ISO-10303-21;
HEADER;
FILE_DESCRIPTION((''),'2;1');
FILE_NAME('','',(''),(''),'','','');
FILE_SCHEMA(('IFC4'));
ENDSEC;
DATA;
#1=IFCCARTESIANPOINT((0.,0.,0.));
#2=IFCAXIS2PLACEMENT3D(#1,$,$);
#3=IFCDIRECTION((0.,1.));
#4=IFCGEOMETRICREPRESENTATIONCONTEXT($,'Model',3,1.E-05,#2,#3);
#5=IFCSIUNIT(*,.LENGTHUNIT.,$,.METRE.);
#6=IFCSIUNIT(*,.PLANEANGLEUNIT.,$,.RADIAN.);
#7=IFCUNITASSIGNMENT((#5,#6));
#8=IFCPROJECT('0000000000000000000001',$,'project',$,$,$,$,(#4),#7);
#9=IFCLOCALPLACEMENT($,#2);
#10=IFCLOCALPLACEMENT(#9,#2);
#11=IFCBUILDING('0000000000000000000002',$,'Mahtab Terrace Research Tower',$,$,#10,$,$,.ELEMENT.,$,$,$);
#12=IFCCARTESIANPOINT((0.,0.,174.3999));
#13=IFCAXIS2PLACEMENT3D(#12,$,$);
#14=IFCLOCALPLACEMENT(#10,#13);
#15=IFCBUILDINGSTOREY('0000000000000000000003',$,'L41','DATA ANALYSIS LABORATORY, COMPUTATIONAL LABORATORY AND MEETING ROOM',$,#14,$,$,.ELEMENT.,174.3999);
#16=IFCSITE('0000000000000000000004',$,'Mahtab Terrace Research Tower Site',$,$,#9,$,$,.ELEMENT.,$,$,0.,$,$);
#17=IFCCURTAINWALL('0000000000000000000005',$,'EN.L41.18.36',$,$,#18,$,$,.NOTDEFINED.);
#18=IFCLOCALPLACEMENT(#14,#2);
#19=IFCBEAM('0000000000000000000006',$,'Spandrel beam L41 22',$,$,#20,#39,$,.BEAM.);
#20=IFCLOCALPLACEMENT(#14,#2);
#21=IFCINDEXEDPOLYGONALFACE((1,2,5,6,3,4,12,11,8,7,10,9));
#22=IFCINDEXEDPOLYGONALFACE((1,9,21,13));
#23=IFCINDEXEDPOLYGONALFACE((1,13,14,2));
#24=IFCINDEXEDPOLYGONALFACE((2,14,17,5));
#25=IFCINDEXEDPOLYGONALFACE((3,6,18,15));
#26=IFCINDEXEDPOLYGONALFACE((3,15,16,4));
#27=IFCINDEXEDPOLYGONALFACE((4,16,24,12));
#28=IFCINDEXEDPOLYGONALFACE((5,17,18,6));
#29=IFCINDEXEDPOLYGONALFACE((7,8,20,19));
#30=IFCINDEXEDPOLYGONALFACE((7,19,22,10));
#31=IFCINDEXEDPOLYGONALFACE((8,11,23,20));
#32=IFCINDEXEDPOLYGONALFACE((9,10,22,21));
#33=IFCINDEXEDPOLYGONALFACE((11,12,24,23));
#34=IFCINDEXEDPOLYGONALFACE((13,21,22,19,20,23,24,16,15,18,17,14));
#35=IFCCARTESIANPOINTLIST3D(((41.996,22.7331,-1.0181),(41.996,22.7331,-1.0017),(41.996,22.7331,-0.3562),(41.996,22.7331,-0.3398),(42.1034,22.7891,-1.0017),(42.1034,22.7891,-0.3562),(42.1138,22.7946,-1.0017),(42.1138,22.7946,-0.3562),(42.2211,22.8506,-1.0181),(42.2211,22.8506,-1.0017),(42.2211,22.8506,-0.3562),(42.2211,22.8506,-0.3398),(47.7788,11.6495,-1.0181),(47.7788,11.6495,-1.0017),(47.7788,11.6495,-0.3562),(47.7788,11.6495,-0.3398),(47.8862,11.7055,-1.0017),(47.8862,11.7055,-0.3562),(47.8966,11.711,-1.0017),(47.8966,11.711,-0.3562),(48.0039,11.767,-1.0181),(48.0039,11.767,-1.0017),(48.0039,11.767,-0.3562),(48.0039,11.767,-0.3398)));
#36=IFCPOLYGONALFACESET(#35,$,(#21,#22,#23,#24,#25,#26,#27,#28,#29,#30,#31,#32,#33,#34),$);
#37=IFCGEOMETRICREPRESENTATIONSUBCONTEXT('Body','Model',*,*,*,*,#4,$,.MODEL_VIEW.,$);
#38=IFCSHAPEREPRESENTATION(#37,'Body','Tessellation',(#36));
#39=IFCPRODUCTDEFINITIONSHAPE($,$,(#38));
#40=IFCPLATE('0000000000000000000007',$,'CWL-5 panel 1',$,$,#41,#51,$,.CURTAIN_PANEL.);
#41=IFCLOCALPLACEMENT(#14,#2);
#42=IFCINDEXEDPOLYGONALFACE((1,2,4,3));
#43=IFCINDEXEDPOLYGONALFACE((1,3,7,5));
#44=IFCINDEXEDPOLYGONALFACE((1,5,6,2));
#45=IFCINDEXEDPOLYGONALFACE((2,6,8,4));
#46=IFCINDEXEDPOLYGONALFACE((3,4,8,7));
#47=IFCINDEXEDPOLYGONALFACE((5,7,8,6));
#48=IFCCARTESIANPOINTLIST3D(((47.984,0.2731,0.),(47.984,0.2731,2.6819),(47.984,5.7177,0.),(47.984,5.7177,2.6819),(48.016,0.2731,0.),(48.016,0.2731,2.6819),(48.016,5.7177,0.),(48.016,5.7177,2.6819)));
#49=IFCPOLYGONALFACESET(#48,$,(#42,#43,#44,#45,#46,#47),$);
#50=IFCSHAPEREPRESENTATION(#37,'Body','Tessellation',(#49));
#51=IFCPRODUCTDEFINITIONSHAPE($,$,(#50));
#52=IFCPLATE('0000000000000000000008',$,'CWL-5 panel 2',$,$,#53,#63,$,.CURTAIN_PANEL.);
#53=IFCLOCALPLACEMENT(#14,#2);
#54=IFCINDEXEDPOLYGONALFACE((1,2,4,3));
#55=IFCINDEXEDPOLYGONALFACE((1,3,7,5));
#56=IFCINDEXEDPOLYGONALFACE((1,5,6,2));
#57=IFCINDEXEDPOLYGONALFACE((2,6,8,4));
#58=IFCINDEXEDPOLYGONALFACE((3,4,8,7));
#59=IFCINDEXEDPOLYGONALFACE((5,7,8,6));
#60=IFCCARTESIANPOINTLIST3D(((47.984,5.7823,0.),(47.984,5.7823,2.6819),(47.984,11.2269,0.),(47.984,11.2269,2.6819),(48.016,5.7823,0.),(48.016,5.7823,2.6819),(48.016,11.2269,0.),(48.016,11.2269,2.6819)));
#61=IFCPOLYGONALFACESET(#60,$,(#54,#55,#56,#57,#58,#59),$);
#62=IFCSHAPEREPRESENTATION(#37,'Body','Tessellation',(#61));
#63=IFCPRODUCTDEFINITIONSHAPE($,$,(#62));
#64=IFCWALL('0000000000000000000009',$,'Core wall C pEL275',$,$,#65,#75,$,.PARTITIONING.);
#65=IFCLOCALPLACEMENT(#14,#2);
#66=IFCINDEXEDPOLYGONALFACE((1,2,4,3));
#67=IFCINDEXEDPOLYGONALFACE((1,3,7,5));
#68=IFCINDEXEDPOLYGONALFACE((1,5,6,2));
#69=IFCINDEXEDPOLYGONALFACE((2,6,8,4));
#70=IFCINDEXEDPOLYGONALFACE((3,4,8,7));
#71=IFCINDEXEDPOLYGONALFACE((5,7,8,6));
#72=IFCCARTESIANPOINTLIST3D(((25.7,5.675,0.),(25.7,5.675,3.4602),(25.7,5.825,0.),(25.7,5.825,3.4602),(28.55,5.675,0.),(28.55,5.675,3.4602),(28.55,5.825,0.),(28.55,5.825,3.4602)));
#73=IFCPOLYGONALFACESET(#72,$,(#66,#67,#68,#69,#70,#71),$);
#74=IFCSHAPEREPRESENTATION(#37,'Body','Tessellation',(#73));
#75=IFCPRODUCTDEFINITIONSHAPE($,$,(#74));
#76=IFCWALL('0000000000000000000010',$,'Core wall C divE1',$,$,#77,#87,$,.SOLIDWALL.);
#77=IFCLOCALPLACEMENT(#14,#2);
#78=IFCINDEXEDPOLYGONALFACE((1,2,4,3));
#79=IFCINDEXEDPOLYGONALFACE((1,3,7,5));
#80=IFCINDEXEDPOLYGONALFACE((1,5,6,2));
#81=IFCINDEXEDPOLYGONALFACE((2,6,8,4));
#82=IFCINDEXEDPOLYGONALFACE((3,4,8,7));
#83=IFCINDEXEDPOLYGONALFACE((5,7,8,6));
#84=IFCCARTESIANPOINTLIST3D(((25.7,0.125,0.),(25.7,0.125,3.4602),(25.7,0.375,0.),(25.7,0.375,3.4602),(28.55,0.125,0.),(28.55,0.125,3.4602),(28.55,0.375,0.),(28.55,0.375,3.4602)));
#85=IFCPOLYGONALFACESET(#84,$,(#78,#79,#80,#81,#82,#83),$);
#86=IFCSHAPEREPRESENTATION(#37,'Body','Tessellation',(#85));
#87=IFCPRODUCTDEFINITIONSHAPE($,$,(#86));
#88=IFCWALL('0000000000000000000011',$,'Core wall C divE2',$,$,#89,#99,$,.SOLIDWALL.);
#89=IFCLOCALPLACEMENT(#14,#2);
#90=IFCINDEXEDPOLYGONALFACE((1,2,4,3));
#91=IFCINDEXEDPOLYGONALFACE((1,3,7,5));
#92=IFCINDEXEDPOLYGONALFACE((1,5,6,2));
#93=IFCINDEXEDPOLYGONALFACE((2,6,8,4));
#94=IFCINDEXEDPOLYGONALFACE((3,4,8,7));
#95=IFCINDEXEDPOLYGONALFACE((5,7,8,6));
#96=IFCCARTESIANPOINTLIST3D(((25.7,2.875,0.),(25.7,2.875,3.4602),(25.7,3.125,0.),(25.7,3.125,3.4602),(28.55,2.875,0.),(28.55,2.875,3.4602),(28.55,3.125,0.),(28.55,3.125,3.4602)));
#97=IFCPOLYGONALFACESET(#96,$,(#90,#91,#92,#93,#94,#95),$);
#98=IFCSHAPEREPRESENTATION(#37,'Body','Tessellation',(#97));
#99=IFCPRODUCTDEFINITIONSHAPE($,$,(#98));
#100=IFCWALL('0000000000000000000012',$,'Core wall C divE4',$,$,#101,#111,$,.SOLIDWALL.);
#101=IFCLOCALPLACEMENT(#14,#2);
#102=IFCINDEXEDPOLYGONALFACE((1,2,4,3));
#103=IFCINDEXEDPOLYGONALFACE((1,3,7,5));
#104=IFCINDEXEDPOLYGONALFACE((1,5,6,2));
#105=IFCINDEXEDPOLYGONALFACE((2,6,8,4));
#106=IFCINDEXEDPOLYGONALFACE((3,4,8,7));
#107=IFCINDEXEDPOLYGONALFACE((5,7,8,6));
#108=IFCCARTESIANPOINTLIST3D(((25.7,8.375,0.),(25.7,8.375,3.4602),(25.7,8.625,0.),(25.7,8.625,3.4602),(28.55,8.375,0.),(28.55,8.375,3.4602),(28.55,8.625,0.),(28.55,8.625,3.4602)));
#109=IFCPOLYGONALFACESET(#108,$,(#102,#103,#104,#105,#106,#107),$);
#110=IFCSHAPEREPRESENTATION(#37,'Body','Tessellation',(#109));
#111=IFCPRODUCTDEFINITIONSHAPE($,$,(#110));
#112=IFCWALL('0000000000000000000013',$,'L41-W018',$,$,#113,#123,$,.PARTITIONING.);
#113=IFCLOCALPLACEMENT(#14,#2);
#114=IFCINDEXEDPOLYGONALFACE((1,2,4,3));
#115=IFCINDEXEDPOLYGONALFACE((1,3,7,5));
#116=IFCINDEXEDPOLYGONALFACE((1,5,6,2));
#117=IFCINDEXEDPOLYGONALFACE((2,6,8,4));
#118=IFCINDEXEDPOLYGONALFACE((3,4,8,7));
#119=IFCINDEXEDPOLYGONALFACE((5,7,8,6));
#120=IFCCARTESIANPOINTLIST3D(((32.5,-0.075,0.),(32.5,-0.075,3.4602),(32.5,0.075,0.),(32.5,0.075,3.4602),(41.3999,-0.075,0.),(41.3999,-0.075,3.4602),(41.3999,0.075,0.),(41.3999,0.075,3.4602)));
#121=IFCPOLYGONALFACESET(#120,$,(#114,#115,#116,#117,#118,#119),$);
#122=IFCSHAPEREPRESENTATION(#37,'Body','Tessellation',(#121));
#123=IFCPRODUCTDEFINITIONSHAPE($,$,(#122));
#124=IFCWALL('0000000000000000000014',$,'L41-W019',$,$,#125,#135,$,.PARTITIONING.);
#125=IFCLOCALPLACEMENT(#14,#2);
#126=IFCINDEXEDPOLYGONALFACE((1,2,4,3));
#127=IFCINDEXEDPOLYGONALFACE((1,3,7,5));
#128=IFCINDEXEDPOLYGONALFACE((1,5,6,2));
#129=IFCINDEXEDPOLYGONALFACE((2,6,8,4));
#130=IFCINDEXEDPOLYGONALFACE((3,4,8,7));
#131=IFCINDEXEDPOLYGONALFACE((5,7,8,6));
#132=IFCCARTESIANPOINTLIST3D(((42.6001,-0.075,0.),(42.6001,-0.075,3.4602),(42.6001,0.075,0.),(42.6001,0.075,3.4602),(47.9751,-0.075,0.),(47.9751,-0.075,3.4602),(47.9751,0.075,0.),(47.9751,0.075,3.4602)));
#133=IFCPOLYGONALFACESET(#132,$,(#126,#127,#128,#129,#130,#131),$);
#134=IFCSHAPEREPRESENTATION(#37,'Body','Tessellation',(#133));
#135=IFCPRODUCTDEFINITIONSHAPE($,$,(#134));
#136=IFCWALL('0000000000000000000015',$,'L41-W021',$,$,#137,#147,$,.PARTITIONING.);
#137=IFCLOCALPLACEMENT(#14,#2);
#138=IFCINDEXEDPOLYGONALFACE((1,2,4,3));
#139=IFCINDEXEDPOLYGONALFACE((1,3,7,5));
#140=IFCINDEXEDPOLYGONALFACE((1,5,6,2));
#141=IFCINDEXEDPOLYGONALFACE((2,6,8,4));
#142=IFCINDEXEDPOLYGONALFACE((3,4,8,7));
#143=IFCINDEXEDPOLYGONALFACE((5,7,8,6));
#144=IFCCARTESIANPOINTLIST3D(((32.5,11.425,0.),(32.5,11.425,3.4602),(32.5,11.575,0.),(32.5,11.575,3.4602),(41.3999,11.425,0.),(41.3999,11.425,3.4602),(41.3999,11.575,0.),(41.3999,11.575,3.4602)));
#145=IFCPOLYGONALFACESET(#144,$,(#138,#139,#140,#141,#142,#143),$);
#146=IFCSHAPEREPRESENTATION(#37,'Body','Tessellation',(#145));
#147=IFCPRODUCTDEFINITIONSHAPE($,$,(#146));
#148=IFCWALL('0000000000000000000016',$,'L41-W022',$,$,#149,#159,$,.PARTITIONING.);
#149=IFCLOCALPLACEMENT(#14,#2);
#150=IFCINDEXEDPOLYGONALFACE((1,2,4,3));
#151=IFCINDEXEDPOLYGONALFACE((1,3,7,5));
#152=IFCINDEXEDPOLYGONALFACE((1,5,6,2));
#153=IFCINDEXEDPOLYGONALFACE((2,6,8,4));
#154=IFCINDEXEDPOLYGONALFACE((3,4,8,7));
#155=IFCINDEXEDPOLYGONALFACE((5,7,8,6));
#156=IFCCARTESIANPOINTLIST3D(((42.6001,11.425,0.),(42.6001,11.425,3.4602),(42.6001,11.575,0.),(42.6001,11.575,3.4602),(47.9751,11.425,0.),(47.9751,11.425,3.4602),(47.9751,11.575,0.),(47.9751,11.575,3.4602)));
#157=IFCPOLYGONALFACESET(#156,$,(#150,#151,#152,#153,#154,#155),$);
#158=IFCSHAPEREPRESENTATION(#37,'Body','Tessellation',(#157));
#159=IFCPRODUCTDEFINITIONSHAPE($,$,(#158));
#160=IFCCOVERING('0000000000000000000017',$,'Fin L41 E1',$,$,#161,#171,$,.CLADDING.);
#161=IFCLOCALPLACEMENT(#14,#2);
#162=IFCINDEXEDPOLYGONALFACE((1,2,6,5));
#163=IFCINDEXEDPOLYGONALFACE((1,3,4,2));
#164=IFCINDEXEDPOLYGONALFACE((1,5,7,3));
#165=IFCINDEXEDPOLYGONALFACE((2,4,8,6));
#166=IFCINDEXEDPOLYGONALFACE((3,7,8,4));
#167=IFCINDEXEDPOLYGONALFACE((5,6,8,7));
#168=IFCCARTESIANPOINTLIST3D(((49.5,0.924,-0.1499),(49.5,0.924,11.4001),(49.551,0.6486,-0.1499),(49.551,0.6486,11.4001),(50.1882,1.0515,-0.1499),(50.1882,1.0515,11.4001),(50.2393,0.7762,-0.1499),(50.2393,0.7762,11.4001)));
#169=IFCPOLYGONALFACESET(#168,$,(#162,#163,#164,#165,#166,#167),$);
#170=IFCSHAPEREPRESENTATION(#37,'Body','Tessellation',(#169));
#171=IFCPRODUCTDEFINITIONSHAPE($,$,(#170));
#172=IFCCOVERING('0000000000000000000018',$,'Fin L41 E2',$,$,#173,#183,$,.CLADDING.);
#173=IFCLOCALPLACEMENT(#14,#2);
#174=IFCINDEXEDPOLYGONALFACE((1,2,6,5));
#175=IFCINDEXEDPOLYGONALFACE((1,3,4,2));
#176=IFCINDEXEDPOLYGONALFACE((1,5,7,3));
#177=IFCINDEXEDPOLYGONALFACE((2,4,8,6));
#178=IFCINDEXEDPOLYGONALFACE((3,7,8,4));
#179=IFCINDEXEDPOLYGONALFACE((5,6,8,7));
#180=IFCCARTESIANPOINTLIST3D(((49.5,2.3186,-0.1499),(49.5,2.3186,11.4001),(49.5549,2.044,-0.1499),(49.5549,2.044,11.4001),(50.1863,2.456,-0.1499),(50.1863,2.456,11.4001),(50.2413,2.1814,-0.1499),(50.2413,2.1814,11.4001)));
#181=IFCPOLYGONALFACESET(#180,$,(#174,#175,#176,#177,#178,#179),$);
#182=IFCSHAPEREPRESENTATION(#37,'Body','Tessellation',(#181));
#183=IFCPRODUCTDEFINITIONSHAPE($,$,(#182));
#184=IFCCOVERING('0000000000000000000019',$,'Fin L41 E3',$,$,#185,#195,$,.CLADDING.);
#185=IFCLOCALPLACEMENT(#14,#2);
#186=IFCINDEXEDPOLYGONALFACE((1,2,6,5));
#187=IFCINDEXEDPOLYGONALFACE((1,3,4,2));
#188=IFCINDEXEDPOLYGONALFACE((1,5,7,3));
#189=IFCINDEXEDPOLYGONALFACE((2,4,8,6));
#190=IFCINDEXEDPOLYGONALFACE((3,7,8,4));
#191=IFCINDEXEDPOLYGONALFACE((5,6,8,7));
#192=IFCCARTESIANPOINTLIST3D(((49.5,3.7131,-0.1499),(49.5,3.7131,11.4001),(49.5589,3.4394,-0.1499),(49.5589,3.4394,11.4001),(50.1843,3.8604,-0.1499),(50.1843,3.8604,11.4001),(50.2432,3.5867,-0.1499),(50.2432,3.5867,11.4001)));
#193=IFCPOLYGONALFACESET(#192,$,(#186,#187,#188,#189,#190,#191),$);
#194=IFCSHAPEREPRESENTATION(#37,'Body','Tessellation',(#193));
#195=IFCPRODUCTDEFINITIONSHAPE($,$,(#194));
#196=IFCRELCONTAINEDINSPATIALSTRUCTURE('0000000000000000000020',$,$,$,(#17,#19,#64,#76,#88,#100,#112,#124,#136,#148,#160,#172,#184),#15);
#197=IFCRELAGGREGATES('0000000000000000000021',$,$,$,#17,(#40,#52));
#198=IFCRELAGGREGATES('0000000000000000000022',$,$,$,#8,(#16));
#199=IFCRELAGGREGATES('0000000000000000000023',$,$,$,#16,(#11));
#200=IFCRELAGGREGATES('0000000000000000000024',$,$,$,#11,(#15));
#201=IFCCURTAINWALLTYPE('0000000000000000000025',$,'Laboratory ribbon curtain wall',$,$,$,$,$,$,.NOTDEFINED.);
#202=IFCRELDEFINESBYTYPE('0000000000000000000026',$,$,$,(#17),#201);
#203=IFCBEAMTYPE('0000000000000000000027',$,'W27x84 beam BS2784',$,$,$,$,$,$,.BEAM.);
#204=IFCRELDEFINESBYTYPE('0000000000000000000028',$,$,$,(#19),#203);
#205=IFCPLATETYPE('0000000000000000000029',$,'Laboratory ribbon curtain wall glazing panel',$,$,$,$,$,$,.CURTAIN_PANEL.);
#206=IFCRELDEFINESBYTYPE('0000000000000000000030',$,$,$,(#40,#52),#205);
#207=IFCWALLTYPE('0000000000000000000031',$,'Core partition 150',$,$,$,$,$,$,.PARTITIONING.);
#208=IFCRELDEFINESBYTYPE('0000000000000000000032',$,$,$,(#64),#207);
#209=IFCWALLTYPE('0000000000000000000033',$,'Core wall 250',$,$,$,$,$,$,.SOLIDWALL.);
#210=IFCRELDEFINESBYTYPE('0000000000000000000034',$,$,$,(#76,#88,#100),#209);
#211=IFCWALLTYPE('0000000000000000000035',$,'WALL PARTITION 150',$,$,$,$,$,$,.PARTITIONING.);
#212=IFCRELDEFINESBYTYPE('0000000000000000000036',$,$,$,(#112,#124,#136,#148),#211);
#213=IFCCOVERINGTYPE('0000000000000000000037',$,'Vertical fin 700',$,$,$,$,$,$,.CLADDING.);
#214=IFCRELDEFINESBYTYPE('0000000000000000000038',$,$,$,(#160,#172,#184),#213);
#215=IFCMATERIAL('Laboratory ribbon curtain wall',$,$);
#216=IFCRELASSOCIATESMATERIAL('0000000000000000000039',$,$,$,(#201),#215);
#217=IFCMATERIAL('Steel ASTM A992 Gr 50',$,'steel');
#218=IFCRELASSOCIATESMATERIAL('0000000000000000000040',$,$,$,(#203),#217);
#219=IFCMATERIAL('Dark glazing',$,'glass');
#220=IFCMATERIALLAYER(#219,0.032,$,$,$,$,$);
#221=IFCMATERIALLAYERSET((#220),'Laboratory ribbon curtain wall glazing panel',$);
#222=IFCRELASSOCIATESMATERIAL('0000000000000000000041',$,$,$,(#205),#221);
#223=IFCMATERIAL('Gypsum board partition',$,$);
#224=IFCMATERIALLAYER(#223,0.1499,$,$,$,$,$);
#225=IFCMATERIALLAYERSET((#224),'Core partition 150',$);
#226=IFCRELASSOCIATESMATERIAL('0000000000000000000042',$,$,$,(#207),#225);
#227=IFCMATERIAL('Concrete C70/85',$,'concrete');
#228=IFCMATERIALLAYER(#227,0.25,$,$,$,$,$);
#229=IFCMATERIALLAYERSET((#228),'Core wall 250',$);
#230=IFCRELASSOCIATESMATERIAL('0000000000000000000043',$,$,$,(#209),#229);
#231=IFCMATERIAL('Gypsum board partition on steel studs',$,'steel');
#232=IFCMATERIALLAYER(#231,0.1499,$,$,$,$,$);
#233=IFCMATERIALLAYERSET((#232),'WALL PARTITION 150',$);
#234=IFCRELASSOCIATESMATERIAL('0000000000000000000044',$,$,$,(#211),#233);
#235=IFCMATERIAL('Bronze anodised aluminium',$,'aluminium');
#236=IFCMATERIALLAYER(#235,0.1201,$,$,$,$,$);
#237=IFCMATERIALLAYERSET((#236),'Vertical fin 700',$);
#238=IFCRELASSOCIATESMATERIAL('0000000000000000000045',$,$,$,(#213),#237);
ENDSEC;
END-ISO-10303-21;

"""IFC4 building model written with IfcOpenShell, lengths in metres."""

from ifc_helpers import new_model, si_unit, direction, frame, frame_2d, origin, origin_2d, place, context, subcontext, project, spatial, rectangle, i_section, extrude, material, layer, layer_set, material_profile, profile_set, type_object, element, aggregate, save


model = new_model("IFC4")

# Units and contexts
model_context = context("Model", 3, precision=1e-05, world=origin(), true_north=direction((0.0, 1.0)))
body_context = subcontext(model_context, "Body", "Model", "MODEL_VIEW")
ifc_project = project(units=[si_unit("LENGTHUNIT", "METRE"), si_unit("PLANEANGLEUNIT", "RADIAN")], contexts=[model_context])

# Site, building, storey
site_placement = place(None, origin())
site = spatial("IfcSite", under=ifc_project, at=site_placement, Name="Mahtab Terrace Research Tower Site", CompositionType="ELEMENT", RefElevation=0.0)
building_placement = place(site_placement, origin())
building = spatial("IfcBuilding", under=site, at=building_placement, Name="Mahtab Terrace Research Tower", CompositionType="ELEMENT")
storey_placement = place(building_placement, frame((0.0, 0.0, 174.3999)))
storey = spatial("IfcBuildingStorey", under=building, at=storey_placement, Name="L41", Description="DATA ANALYSIS LABORATORY, COMPUTATIONAL LABORATORY AND MEETING ROOM", CompositionType="ELEMENT", Elevation=174.3999)

# Shared definitions
ifc_material_1 = material(Name="Concrete C70/85", Category="concrete")
ifc_material_2 = material(Name="Steel ASTM A992 Gr 50", Category="steel")

# Curtain wall
ifc_material_3 = material(Name="Laboratory ribbon curtain wall")
curtain_wall_type = type_object("IfcCurtainWallType", Name="Laboratory ribbon curtain wall", PredefinedType="NOTDEFINED", material=ifc_material_3)
curtain_wall_1_placement = place(storey_placement, origin())
curtain_wall_1 = element("IfcCurtainWall", 1, at=curtain_wall_1_placement, inside=storey, type_object=curtain_wall_type, Name="EN.L41.18.36", PredefinedType="NOTDEFINED")

# Beam
ifc_material_profile_1 = material_profile(ifc_material_2, i_section(OverallWidth=0.2539, OverallDepth=0.6782, WebThickness=0.0117, FlangeThickness=0.0164, at=origin_2d()), Name="W27X84")
ifc_profile_set_1 = profile_set([ifc_material_profile_1], Name="Steel ASTM A992 Gr 50")
beam_type = type_object("IfcBeamType", Name="W27x84 beam BS2784", PredefinedType="BEAM", material=ifc_profile_set_1)
beam_1_placement = place(storey_placement, frame((47.8914, 11.7083, -0.679), z_axis=(-0.462567, 0.886584, 0.0), x_axis=(-0.886584, -0.462567, 0.0)))
element("IfcBeam", 2, at=beam_1_placement, inside=storey, type_object=beam_type, Name="Spandrel beam L41 22", PredefinedType="BEAM", context=body_context, shape_type="SweptSolid", body=[
    extrude(i_section(OverallWidth=0.2539, OverallDepth=0.6782, WebThickness=0.0117, FlangeThickness=0.0164, at=origin_2d()), origin(), (0.0, 0.0, 1.0), 12.5015),
])

# Plates
ifc_material_4 = material(Name="Dark glazing", Category="glass")
ifc_layer_1 = layer(ifc_material_4, 0.032)
ifc_layer_set_1 = layer_set([ifc_layer_1], Name="Laboratory ribbon curtain wall glazing panel")
plate_type = type_object("IfcPlateType", Name="Laboratory ribbon curtain wall glazing panel", PredefinedType="CURTAIN_PANEL", material=ifc_layer_set_1)
plate_1_placement = place(storey_placement, frame((48.0, 2.9954, 0.0), z_axis=(0.0, 0.0, 1.0), x_axis=(0.0, 1.0, 0.0)))
plate_1 = element("IfcPlate", 3, at=plate_1_placement, type_object=plate_type, Name="CWL-5 panel 1", PredefinedType="CURTAIN_PANEL", context=body_context, shape_type="SweptSolid", body=[
    extrude(rectangle(XDim=5.4446, YDim=0.032, at=origin_2d()), origin(), (0.0, 0.0, 1.0), 2.6819),
])
plate_2_placement = place(storey_placement, frame((48.0, 8.5046, 0.0), z_axis=(0.0, 0.0, 1.0), x_axis=(0.0, 1.0, 0.0)))
plate_2 = element("IfcPlate", 4, at=plate_2_placement, type_object=plate_type, Name="CWL-5 panel 2", PredefinedType="CURTAIN_PANEL", context=body_context, shape_type="SweptSolid", body=[
    extrude(rectangle(XDim=5.4446, YDim=0.032, at=origin_2d()), origin(), (0.0, 0.0, 1.0), 2.6819),
])
aggregate(curtain_wall_1, [plate_1, plate_2])

# Walls
ifc_material_5 = material(Name="Gypsum board partition")
ifc_layer_2 = layer(ifc_material_5, 0.1499)
ifc_layer_set_2 = layer_set([ifc_layer_2], Name="Core partition 150")
wall_type_1 = type_object("IfcWallType", Name="Core partition 150", PredefinedType="PARTITIONING", material=ifc_layer_set_2)
wall_1_placement = place(storey_placement, frame((25.7, 5.75, 0.0), z_axis=(0.0, 0.0, 1.0), x_axis=(1.0, 0.0, 0.0)))
element("IfcWall", 5, at=wall_1_placement, inside=storey, type_object=wall_type_1, Name="Core wall C pEL275", PredefinedType="PARTITIONING", context=body_context, shape_type="SweptSolid", body=[
    extrude(rectangle(XDim=2.8501, YDim=0.1499, at=frame_2d((1.425, 0.0))), origin(), (0.0, 0.0, 1.0), 3.4602),
])
ifc_layer_3 = layer(ifc_material_1, 0.25)
ifc_layer_set_3 = layer_set([ifc_layer_3], Name="Core wall 250")
wall_type_2 = type_object("IfcWallType", Name="Core wall 250", PredefinedType="SOLIDWALL", material=ifc_layer_set_3)
for number, where, z_axis, x_axis, name in (
    (6, (25.7, 0.25, 0.0), (0.0, 0.0, 1.0), (1.0, 0.0, 0.0), "Core wall C divE1"),
    (7, (25.7, 3.0, 0.0), (0.0, 0.0, 1.0), (1.0, 0.0, 0.0), "Core wall C divE2"),
    (8, (25.7, 8.5, 0.0), (0.0, 0.0, 1.0), (1.0, 0.0, 0.0), "Core wall C divE4"),
):
    element("IfcWall", number, at=place(storey_placement, frame(where, z_axis=z_axis, x_axis=x_axis)), inside=storey, type_object=wall_type_2, Name=name, PredefinedType="SOLIDWALL", context=body_context, shape_type="SweptSolid", body=[
        extrude(rectangle(XDim=2.8501, YDim=0.25, at=frame_2d((1.425, 0.0))), origin(), (0.0, 0.0, 1.0), 3.4602),
    ])
ifc_material_6 = material(Name="Gypsum board partition on steel studs", Category="steel")
ifc_layer_4 = layer(ifc_material_6, 0.1499)
ifc_layer_set_4 = layer_set([ifc_layer_4], Name="WALL PARTITION 150")
wall_type_3 = type_object("IfcWallType", Name="WALL PARTITION 150", PredefinedType="PARTITIONING", material=ifc_layer_set_4)
wall_2_placement = place(storey_placement, frame((32.5, 0.0, 0.0), z_axis=(0.0, 0.0, 1.0), x_axis=(1.0, 0.0, 0.0)))
element("IfcWall", 9, at=wall_2_placement, inside=storey, type_object=wall_type_3, Name="L41-W018", PredefinedType="PARTITIONING", context=body_context, shape_type="SweptSolid", body=[
    extrude(rectangle(XDim=8.8999, YDim=0.1499, at=frame_2d((4.45, 0.0))), origin(), (0.0, 0.0, 1.0), 3.4602),
])
wall_3_placement = place(storey_placement, frame((42.6001, 0.0, 0.0), z_axis=(0.0, 0.0, 1.0), x_axis=(1.0, 0.0, 0.0)))
element("IfcWall", 10, at=wall_3_placement, inside=storey, type_object=wall_type_3, Name="L41-W019", PredefinedType="PARTITIONING", context=body_context, shape_type="SweptSolid", body=[
    extrude(rectangle(XDim=5.375, YDim=0.1499, at=frame_2d((2.6875, 0.0))), origin(), (0.0, 0.0, 1.0), 3.4602),
])
wall_4_placement = place(storey_placement, frame((32.5, 11.5, 0.0), z_axis=(0.0, 0.0, 1.0), x_axis=(1.0, 0.0, 0.0)))
element("IfcWall", 11, at=wall_4_placement, inside=storey, type_object=wall_type_3, Name="L41-W021", PredefinedType="PARTITIONING", context=body_context, shape_type="SweptSolid", body=[
    extrude(rectangle(XDim=8.8999, YDim=0.1499, at=frame_2d((4.45, 0.0))), origin(), (0.0, 0.0, 1.0), 3.4602),
])
wall_5_placement = place(storey_placement, frame((42.6001, 11.5, 0.0), z_axis=(0.0, 0.0, 1.0), x_axis=(1.0, 0.0, 0.0)))
element("IfcWall", 12, at=wall_5_placement, inside=storey, type_object=wall_type_3, Name="L41-W022", PredefinedType="PARTITIONING", context=body_context, shape_type="SweptSolid", body=[
    extrude(rectangle(XDim=5.375, YDim=0.1499, at=frame_2d((2.6875, 0.0))), origin(), (0.0, 0.0, 1.0), 3.4602),
])

# Coverings
ifc_material_7 = material(Name="Bronze anodised aluminium", Category="aluminium")
ifc_layer_5 = layer(ifc_material_7, 0.1201)
ifc_layer_set_5 = layer_set([ifc_layer_5], Name="Vertical fin 700")
covering_type = type_object("IfcCoveringType", Name="Vertical fin 700", PredefinedType="CLADDING", material=ifc_layer_set_5)
for number, where, z_axis, x_axis, name in (
    (13, (49.8696, 0.8501, -0.1499), (0.0, 0.0, 1.0), (-0.182236, 0.983255, 0.0), "Fin L41 E1"),
    (14, (49.8706, 2.25, -0.1499), (0.0, 0.0, 1.0), (-0.196349, 0.980534, 0.0), "Fin L41 E2"),
    (15, (49.8716, 3.6499, -0.1499), (0.0, 0.0, 1.0), (-0.210422, 0.977611, 0.0), "Fin L41 E3"),
):
    element("IfcCovering", number, at=place(storey_placement, frame(where, z_axis=z_axis, x_axis=x_axis)), inside=storey, type_object=covering_type, Name=name, PredefinedType="CLADDING", context=body_context, shape_type="SweptSolid", body=[
        extrude(rectangle(XDim=0.28, YDim=0.7, at=origin_2d()), origin(), (0.0, 0.0, 1.0), 11.55),
    ])

save(model, "model.ifc")
